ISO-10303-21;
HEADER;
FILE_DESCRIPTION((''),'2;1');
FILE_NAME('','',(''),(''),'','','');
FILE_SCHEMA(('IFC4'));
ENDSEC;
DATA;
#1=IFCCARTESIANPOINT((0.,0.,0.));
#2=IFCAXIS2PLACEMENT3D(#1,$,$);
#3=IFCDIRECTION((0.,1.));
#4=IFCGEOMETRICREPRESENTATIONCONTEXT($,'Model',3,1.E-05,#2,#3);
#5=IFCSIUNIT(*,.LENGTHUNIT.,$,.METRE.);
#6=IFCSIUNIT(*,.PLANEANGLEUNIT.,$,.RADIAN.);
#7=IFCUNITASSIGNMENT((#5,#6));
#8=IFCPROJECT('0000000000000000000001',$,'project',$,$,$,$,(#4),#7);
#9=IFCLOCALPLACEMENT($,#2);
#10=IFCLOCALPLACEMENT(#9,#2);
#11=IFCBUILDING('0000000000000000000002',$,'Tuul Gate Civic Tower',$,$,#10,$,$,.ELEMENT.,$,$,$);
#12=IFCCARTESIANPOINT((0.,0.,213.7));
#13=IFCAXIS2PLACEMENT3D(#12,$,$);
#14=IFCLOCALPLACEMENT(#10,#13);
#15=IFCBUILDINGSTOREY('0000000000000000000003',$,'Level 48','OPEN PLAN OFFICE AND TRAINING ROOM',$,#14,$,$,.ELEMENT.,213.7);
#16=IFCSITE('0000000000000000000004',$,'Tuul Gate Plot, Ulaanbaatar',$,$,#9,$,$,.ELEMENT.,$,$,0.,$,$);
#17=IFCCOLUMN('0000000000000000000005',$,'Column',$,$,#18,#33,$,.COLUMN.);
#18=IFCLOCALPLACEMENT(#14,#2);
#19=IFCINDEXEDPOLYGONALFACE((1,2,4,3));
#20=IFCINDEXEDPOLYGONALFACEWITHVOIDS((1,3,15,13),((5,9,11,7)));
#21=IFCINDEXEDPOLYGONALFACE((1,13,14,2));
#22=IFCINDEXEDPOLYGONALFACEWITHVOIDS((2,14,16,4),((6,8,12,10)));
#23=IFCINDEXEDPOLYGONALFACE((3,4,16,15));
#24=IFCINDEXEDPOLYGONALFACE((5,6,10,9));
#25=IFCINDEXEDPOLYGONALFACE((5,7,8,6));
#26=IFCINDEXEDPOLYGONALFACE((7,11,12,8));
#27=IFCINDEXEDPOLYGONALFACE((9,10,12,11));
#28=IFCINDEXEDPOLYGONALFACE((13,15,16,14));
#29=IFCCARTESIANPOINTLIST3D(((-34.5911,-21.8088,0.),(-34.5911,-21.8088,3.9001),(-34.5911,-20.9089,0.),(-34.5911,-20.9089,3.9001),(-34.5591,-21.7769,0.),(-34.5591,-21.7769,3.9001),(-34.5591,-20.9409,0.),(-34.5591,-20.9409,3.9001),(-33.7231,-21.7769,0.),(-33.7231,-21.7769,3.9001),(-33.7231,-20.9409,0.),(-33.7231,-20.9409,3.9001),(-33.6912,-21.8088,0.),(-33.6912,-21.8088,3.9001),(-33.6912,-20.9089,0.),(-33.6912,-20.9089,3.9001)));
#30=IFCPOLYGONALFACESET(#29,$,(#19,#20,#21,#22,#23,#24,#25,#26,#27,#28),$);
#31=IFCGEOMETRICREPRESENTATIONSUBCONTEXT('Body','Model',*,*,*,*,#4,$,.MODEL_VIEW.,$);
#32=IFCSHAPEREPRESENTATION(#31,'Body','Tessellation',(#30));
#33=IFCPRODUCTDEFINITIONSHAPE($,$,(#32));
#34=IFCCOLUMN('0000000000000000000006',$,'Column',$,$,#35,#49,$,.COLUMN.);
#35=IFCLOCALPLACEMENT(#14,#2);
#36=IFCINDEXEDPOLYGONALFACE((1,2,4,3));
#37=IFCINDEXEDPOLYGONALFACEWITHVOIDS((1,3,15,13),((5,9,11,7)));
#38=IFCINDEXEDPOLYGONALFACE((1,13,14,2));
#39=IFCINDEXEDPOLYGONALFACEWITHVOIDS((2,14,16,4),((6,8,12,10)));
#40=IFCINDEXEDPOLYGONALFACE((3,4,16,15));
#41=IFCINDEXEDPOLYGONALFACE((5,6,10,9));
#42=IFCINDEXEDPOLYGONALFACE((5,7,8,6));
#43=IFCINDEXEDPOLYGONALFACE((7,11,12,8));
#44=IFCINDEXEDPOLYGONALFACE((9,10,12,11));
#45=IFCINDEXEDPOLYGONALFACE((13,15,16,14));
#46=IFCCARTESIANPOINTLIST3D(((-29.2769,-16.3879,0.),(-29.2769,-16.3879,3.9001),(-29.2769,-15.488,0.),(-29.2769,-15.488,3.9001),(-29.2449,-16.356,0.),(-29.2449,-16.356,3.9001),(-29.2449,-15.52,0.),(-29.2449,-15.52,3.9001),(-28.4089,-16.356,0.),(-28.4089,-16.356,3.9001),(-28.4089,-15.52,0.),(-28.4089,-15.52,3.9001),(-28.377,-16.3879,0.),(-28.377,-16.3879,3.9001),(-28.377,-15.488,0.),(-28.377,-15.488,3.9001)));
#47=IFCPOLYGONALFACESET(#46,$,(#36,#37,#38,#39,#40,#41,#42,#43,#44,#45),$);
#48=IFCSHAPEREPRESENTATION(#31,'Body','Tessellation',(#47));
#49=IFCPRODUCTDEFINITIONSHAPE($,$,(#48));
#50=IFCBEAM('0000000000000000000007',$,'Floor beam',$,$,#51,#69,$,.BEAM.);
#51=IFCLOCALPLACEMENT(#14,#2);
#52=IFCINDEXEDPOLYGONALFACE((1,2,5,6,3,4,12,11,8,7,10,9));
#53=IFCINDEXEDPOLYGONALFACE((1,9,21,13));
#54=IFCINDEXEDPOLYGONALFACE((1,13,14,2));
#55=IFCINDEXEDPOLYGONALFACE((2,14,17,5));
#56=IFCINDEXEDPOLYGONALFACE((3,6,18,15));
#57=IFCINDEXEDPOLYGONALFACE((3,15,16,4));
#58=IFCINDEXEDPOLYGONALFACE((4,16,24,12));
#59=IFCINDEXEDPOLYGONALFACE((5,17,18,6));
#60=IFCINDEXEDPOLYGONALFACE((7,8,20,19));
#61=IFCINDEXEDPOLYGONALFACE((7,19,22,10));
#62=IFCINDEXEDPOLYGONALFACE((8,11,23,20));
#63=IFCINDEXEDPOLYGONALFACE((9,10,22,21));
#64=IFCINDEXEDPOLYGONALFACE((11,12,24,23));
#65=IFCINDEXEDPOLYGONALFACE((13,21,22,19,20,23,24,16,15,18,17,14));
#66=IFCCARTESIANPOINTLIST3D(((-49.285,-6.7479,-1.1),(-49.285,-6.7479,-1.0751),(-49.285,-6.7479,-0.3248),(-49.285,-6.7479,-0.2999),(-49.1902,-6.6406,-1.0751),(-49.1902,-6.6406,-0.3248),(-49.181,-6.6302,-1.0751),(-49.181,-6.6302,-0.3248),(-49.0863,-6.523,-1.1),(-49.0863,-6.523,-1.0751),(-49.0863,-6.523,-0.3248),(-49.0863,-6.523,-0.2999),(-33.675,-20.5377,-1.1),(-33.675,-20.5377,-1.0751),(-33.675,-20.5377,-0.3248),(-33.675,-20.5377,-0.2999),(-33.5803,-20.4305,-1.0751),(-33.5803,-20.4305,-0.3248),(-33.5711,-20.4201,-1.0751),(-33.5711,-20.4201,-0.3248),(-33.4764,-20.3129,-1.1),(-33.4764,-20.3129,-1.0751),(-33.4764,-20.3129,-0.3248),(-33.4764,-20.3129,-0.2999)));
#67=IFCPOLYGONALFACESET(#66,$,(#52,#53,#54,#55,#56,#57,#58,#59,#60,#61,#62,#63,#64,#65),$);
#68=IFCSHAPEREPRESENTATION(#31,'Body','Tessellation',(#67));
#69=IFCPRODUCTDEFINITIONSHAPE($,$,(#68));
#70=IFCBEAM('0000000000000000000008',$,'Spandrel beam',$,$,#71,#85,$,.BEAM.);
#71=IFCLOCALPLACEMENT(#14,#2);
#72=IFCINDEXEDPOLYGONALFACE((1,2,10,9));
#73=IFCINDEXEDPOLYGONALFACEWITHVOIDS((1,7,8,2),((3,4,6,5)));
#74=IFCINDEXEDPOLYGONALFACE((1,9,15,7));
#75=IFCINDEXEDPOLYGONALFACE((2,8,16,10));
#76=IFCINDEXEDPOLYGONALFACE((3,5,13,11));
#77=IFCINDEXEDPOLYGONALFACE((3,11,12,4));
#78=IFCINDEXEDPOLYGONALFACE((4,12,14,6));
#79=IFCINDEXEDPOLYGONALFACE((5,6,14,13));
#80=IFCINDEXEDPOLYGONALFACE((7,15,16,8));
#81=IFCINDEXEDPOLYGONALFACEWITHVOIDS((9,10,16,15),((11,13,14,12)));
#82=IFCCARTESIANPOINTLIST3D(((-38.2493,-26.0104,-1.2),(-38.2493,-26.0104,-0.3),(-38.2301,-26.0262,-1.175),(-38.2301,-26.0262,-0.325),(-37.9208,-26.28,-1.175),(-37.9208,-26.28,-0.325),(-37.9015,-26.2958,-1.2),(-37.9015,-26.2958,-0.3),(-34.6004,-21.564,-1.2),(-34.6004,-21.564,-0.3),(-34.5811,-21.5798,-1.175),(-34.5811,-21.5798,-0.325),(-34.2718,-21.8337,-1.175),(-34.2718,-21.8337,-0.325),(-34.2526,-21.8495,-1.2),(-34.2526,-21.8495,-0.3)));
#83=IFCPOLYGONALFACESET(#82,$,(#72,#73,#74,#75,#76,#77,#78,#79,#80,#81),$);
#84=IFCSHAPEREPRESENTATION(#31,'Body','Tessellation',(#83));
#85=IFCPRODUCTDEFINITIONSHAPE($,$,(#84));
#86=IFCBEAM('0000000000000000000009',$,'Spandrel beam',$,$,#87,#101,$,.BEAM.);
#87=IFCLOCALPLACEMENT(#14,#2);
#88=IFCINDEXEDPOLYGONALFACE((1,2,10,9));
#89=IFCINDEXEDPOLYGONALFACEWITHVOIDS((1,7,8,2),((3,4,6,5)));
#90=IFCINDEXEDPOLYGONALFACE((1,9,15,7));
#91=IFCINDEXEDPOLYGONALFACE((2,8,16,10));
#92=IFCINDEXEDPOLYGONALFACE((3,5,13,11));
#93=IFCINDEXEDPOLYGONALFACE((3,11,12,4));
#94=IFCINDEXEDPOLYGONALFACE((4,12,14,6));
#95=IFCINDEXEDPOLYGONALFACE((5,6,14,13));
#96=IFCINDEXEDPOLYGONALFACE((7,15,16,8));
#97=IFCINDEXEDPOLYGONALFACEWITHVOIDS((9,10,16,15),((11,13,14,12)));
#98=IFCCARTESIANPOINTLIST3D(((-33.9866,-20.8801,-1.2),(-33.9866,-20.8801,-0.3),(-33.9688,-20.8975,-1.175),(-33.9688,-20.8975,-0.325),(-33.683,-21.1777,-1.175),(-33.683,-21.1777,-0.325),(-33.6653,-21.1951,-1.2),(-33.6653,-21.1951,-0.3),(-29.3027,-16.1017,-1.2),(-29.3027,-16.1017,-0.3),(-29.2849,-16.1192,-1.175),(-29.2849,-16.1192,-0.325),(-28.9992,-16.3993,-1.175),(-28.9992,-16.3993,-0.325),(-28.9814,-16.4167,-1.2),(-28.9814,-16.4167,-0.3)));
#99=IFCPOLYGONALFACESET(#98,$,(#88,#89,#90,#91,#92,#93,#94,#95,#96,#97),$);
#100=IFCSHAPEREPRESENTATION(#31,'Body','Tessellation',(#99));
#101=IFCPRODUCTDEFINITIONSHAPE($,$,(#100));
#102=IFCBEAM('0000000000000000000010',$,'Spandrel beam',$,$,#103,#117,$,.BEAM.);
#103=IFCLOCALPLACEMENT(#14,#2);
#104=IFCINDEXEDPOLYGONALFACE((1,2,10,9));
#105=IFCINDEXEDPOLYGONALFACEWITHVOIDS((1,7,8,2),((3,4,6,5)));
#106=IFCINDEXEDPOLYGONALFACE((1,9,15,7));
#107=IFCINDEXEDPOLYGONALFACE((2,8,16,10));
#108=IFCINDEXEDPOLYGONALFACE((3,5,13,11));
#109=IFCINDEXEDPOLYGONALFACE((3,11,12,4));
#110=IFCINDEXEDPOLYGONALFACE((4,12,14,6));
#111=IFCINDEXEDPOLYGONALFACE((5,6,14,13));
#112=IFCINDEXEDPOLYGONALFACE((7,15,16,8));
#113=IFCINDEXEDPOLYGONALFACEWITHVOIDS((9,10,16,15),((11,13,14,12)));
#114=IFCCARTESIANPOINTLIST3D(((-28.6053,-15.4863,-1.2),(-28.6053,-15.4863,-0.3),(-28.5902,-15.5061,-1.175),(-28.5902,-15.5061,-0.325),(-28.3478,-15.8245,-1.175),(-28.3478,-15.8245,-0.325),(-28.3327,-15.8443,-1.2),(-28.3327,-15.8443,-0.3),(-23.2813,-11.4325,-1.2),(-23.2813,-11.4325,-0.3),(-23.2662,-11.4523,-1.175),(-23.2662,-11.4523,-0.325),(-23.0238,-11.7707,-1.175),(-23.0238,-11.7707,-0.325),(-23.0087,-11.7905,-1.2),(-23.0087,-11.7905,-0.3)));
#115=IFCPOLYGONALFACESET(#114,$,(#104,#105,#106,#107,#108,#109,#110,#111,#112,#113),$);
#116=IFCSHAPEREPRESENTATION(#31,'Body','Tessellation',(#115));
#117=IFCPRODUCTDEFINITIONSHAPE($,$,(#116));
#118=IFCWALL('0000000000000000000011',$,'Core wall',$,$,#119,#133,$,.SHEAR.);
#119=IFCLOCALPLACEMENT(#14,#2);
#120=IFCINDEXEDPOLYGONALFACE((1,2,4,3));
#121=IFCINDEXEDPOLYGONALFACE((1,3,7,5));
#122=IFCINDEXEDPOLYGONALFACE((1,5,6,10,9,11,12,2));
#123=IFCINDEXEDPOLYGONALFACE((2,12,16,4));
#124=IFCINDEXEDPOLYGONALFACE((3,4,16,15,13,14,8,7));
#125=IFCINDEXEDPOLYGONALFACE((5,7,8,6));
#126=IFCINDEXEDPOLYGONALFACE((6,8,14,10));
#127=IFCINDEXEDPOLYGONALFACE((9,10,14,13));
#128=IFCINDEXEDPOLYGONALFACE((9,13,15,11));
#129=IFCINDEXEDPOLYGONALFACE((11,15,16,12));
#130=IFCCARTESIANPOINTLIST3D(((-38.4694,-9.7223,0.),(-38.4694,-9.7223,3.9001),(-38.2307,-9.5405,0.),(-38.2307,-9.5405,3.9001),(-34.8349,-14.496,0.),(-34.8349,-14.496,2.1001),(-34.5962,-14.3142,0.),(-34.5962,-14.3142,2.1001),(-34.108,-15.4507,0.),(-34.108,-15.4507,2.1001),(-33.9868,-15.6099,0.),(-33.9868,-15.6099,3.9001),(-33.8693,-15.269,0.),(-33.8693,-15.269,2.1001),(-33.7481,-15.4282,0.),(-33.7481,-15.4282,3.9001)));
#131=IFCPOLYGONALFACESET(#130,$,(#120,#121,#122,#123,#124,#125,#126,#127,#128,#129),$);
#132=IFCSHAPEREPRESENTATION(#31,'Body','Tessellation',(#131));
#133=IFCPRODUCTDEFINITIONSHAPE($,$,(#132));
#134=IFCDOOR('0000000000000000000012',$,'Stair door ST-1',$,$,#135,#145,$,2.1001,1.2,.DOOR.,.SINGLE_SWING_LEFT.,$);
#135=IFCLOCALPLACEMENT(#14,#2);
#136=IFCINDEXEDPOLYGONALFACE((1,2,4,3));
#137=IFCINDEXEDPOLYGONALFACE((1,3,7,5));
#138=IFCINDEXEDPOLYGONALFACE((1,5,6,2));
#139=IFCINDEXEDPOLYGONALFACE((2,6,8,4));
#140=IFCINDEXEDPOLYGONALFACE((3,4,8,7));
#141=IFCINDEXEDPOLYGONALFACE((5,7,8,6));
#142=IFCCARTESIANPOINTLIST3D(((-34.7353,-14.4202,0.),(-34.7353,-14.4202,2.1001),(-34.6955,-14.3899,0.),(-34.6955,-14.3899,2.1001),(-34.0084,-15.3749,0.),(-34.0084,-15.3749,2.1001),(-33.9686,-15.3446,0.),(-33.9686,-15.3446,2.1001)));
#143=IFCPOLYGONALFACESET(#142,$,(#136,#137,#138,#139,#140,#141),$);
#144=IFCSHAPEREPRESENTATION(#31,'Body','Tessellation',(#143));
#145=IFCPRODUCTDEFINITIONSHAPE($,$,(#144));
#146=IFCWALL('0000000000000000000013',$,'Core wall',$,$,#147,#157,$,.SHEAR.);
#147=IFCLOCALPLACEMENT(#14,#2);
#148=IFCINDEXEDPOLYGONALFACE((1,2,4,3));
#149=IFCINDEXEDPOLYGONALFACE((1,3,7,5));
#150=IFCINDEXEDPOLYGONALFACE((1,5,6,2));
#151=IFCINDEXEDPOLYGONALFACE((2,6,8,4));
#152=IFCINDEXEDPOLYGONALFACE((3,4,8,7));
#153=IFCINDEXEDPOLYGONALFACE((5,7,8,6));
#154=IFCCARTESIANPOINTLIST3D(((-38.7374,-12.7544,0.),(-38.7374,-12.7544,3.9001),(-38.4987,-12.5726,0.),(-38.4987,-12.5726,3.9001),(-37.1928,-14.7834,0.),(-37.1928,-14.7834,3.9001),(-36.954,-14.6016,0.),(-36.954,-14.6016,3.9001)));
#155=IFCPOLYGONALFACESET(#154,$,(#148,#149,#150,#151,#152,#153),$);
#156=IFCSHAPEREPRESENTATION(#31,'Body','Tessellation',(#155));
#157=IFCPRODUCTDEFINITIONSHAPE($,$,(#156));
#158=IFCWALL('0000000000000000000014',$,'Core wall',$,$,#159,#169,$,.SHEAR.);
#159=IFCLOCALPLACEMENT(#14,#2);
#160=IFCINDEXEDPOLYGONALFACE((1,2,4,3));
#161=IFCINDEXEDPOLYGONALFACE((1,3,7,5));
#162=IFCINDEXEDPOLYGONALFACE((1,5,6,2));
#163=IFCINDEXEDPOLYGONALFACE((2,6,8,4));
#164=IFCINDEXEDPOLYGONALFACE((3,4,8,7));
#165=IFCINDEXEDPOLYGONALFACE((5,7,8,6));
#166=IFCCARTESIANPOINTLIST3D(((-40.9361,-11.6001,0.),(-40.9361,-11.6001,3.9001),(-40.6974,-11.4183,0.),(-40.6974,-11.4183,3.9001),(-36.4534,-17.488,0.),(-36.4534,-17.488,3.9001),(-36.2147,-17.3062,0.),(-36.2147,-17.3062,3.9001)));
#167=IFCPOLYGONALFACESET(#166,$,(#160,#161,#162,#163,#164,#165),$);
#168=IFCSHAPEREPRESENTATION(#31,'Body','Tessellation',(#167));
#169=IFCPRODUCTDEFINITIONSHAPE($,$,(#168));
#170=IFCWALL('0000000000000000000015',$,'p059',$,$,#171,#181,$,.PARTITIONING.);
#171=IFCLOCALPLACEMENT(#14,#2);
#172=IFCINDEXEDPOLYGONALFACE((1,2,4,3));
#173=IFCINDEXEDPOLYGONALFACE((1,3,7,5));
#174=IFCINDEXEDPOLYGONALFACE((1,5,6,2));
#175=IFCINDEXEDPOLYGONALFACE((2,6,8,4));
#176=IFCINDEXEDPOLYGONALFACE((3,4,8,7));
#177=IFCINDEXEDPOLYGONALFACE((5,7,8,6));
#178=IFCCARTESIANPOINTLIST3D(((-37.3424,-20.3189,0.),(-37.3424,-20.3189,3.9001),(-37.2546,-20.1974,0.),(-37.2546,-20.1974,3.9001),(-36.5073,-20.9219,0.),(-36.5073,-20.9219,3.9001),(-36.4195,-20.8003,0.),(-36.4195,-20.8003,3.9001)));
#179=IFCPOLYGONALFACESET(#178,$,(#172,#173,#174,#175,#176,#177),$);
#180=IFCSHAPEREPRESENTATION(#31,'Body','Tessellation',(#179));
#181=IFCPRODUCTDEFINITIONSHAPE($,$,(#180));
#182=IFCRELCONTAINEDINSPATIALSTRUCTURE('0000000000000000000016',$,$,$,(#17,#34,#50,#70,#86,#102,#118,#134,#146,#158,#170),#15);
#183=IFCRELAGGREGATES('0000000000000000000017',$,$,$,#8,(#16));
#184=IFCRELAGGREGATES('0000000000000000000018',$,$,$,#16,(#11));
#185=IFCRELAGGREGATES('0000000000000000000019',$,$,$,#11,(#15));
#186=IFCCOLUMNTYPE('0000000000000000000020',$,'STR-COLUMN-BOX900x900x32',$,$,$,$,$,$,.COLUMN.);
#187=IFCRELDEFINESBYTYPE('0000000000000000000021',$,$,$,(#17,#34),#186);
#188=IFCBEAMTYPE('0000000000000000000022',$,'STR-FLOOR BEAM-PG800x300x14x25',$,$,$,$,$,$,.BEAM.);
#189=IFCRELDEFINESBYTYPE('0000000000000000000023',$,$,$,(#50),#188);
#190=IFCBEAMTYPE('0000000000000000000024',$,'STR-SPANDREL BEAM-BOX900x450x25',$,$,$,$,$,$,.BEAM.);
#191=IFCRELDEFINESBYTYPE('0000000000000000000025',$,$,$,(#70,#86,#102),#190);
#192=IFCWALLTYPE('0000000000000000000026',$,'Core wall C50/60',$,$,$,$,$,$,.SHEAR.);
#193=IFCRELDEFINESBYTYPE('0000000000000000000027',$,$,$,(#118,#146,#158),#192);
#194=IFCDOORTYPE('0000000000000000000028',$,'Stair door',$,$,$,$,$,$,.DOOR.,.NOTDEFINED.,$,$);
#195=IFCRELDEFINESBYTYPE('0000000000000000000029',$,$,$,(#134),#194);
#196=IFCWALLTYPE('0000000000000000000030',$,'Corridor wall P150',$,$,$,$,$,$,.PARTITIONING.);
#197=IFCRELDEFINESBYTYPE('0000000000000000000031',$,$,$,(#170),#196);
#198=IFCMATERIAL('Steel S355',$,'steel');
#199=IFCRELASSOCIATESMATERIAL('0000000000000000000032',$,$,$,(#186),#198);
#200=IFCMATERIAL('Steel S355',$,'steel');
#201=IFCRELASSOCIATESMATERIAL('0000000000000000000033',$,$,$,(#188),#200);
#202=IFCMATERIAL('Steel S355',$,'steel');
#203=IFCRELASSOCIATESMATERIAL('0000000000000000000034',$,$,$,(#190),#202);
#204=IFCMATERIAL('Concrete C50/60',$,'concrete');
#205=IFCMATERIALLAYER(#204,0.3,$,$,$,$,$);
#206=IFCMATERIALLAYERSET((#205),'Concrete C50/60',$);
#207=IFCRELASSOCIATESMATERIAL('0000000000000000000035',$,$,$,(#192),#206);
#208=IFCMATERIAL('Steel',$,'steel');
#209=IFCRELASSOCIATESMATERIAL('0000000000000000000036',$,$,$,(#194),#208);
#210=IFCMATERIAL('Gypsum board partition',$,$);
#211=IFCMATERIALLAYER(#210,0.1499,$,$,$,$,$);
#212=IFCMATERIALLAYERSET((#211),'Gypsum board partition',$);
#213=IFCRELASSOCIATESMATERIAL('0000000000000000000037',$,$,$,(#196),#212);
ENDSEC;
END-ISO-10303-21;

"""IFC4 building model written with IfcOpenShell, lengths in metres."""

from ifc_helpers import new_model, si_unit, direction, frame, frame_2d, origin, origin_2d, place, context, subcontext, project, spatial, rectangle, hollow_rectangle, i_section, extrude, material, layer, layer_set, material_profile, profile_set, type_object, element, fill, save


model = new_model("IFC4")

# Units and contexts
model_context = context("Model", 3, precision=1e-05, world=origin(), true_north=direction((0.0, 1.0)))
body_context = subcontext(model_context, "Body", "Model", "MODEL_VIEW")
ifc_project = project(units=[si_unit("LENGTHUNIT", "METRE"), si_unit("PLANEANGLEUNIT", "RADIAN")], contexts=[model_context])

# Site, building, storey
site_placement = place(None, origin())
site = spatial("IfcSite", under=ifc_project, at=site_placement, Name="Tuul Gate Plot, Ulaanbaatar", CompositionType="ELEMENT", RefElevation=0.0)
building_placement = place(site_placement, origin())
building = spatial("IfcBuilding", under=site, at=building_placement, Name="Tuul Gate Civic Tower", CompositionType="ELEMENT")
storey_placement = place(building_placement, frame((0.0, 0.0, 213.7)))
storey = spatial("IfcBuildingStorey", under=building, at=storey_placement, Name="Level 48", Description="OPEN PLAN OFFICE AND TRAINING ROOM", CompositionType="ELEMENT", Elevation=213.7)

# Columns
ifc_material_1 = material(Name="Steel S355", Category="steel")
ifc_material_profile_1 = material_profile(ifc_material_1, hollow_rectangle(XDim=0.8999, YDim=0.8999, WallThickness=0.032, at=origin_2d()), Name="BOX900x900x32")
ifc_profile_set_1 = profile_set([ifc_material_profile_1], Name="Steel S355")
column_type = type_object("IfcColumnType", Name="STR-COLUMN-BOX900x900x32", PredefinedType="COLUMN", material=ifc_profile_set_1)
for number, where, z_axis, x_axis, name in (
    (1, (-34.1411, -21.3589, 0.0), (0.0, 0.0, 1.0), (1.0, 0.0, 0.0), "Column"),
    (2, (-28.8269, -15.938, 0.0), (0.0, 0.0, 1.0), (1.0, 0.0, 0.0), "Column"),
):
    element("IfcColumn", number, at=place(storey_placement, frame(where, z_axis=z_axis, x_axis=x_axis)), inside=storey, type_object=column_type, Name=name, PredefinedType="COLUMN", context=body_context, shape_type="SweptSolid", body=[
        extrude(hollow_rectangle(XDim=0.8999, YDim=0.8999, WallThickness=0.032, at=origin_2d()), origin(), (0.0, 0.0, 1.0), 3.9001),
    ])

# Beams
ifc_material_2 = material(Name="Steel S355", Category="steel")
ifc_material_profile_2 = material_profile(ifc_material_2, i_section(OverallWidth=0.3, OverallDepth=0.8, WebThickness=0.0139, FlangeThickness=0.0249, at=origin_2d()), Name="PG800x300x14x25")
ifc_profile_set_2 = profile_set([ifc_material_profile_2], Name="Steel S355")
beam_type_1 = type_object("IfcBeamType", Name="STR-FLOOR BEAM-PG800x300x14x25", PredefinedType="BEAM", material=ifc_profile_set_2)
beam_1_placement = place(storey_placement, frame((-33.5757, -20.4253, -0.7), z_axis=(-0.749447, 0.662064, 0.0), x_axis=(-0.662064, -0.749447, 0.0)))
element("IfcBeam", 3, at=beam_1_placement, inside=storey, type_object=beam_type_1, Name="Floor beam", PredefinedType="BEAM", context=body_context, shape_type="SweptSolid", body=[
    extrude(i_section(OverallWidth=0.3, OverallDepth=0.8, WebThickness=0.0139, FlangeThickness=0.0249, at=origin_2d()), origin(), (0.0, 0.0, 1.0), 20.8286),
])
ifc_material_3 = material(Name="Steel S355", Category="steel")
ifc_material_profile_3 = material_profile(ifc_material_3, hollow_rectangle(XDim=0.45, YDim=0.8999, WallThickness=0.0249, at=origin_2d()), Name="BOX900x450x25")
ifc_profile_set_3 = profile_set([ifc_material_profile_3], Name="Steel S355")
beam_type_2 = type_object("IfcBeamType", Name="STR-SPANDREL BEAM-BOX900x450x25", PredefinedType="BEAM", material=ifc_profile_set_3)
beam_2_placement = place(storey_placement, frame((-38.0754, -26.1531, -0.75), z_axis=(0.634388, 0.773015, 0.0), x_axis=(-0.773015, 0.634388, 0.0)))
element("IfcBeam", 4, at=beam_2_placement, inside=storey, type_object=beam_type_2, Name="Spandrel beam", PredefinedType="BEAM", context=body_context, shape_type="SweptSolid", body=[
    extrude(hollow_rectangle(XDim=0.45, YDim=0.8999, WallThickness=0.0249, at=origin_2d()), origin(), (0.0, 0.0, 1.0), 5.752),
])
beam_3_placement = place(storey_placement, frame((-33.8259, -21.0376, -0.75), z_axis=(0.700011, 0.714132, 0.0), x_axis=(-0.714132, 0.700011, 0.0)))
element("IfcBeam", 5, at=beam_3_placement, inside=storey, type_object=beam_type_2, Name="Spandrel beam", PredefinedType="BEAM", context=body_context, shape_type="SweptSolid", body=[
    extrude(hollow_rectangle(XDim=0.45, YDim=0.8999, WallThickness=0.0249, at=origin_2d()), origin(), (0.0, 0.0, 1.0), 6.6912),
])
beam_4_placement = place(storey_placement, frame((-28.469, -15.6653, -0.75), z_axis=(0.795623, 0.605793, 0.0), x_axis=(-0.605793, 0.795623, 0.0)))
element("IfcBeam", 6, at=beam_4_placement, inside=storey, type_object=beam_type_2, Name="Spandrel beam", PredefinedType="BEAM", context=body_context, shape_type="SweptSolid", body=[
    extrude(hollow_rectangle(XDim=0.45, YDim=0.8999, WallThickness=0.0249, at=origin_2d()), origin(), (0.0, 0.0, 1.0), 6.6917),
])

# Wall, opening, door
ifc_material_4 = material(Name="Concrete C50/60", Category="concrete")
ifc_layer_1 = layer(ifc_material_4, 0.3)
ifc_layer_set_1 = layer_set([ifc_layer_1], Name="Concrete C50/60")
wall_type_1 = type_object("IfcWallType", Name="Core wall C50/60", PredefinedType="SHEAR", material=ifc_layer_set_1)
wall_1_placement = place(storey_placement, frame((-33.8674, -15.519, 0.0), z_axis=(0.0, 0.0, 1.0), x_axis=(-0.60577, 0.79564, 0.0)))
wall_1 = element("IfcWall", 7, at=wall_1_placement, inside=storey, type_object=wall_type_1, Name="Core wall", PredefinedType="SHEAR", context=body_context, shape_type="SweptSolid", body=[
    extrude(rectangle(XDim=7.3999, YDim=0.3, at=frame_2d((3.7, 0.0))), origin(), (0.0, 0.0, 1.0), 3.9001),
])
opening_1_placement = place(wall_1_placement, frame((0.2, 0.0, 0.0)))
opening_1 = element("IfcOpeningElement", 8, at=opening_1_placement, cuts=wall_1, PredefinedType="OPENING", context=body_context, shape_type="SweptSolid", body=[
    extrude(rectangle(XDim=1.2, YDim=2.1001, at=frame_2d((0.6001, 1.05))), frame((0.0, 0.1602, 0.0), z_axis=(0.0, -1.0, 0.0), x_axis=(1.0, 0.0, 0.0)), (0.0, 0.0, 1.0), 0.3201),
])
ifc_material_5 = material(Name="Steel", Category="steel")
door_type_1 = type_object("IfcDoorType", Name="Stair door", OperationType="NOTDEFINED", PredefinedType="DOOR", material=ifc_material_5)
door_1_placement = place(opening_1_placement, origin())
door_1 = element("IfcDoor", 9, at=door_1_placement, inside=storey, type_object=door_type_1, Name="Stair door ST-1", OperationType="SINGLE_SWING_LEFT", OverallHeight=2.1001, OverallWidth=1.2, PredefinedType="DOOR", context=body_context, shape_type="SweptSolid", body=[
    extrude(rectangle(XDim=1.2, YDim=2.1001, at=frame_2d((0.6001, 1.05))), frame((0.0, 0.0249, 0.0), z_axis=(0.0, -1.0, 0.0), x_axis=(1.0, 0.0, 0.0)), (0.0, 0.0, 1.0), 0.05),
])
fill(opening_1, door_1)

# Walls
wall_2_placement = place(storey_placement, frame((-37.0735, -14.6924, 0.0), z_axis=(0.0, 0.0, 1.0), x_axis=(-0.605729, 0.795671, 0.0)))
element("IfcWall", 10, at=wall_2_placement, inside=storey, type_object=wall_type_1, Name="Core wall", PredefinedType="SHEAR", context=body_context, shape_type="SweptSolid", body=[
    extrude(rectangle(XDim=2.55, YDim=0.3, at=frame_2d((1.2749, 0.0))), origin(), (0.0, 0.0, 1.0), 3.9001),
])
wall_3_placement = place(storey_placement, frame((-36.334, -17.3972, 0.0), z_axis=(0.0, 0.0, 1.0), x_axis=(-0.605754, 0.795652, 0.0)))
element("IfcWall", 11, at=wall_3_placement, inside=storey, type_object=wall_type_1, Name="Core wall", PredefinedType="SHEAR", context=body_context, shape_type="SweptSolid", body=[
    extrude(rectangle(XDim=7.4001, YDim=0.3, at=frame_2d((3.7002, 0.0))), origin(), (0.0, 0.0, 1.0), 3.9001),
])
ifc_material_6 = material(Name="Gypsum board partition")
ifc_layer_2 = layer(ifc_material_6, 0.1499)
ifc_layer_set_2 = layer_set([ifc_layer_2], Name="Gypsum board partition")
wall_type_2 = type_object("IfcWallType", Name="Corridor wall P150", PredefinedType="PARTITIONING", material=ifc_layer_set_2)
wall_4_placement = place(storey_placement, frame((-37.2986, -20.2581, 0.0), z_axis=(0.0, 0.0, 1.0), x_axis=(0.81076, -0.585378, 0.0)))
element("IfcWall", 12, at=wall_4_placement, inside=storey, type_object=wall_type_2, Name="p059", PredefinedType="PARTITIONING", context=body_context, shape_type="SweptSolid", body=[
    extrude(rectangle(XDim=1.03, YDim=0.1499, at=frame_2d((0.5151, 0.0))), origin(), (0.0, 0.0, 1.0), 3.9001),
])

save(model, "model.ifc")
